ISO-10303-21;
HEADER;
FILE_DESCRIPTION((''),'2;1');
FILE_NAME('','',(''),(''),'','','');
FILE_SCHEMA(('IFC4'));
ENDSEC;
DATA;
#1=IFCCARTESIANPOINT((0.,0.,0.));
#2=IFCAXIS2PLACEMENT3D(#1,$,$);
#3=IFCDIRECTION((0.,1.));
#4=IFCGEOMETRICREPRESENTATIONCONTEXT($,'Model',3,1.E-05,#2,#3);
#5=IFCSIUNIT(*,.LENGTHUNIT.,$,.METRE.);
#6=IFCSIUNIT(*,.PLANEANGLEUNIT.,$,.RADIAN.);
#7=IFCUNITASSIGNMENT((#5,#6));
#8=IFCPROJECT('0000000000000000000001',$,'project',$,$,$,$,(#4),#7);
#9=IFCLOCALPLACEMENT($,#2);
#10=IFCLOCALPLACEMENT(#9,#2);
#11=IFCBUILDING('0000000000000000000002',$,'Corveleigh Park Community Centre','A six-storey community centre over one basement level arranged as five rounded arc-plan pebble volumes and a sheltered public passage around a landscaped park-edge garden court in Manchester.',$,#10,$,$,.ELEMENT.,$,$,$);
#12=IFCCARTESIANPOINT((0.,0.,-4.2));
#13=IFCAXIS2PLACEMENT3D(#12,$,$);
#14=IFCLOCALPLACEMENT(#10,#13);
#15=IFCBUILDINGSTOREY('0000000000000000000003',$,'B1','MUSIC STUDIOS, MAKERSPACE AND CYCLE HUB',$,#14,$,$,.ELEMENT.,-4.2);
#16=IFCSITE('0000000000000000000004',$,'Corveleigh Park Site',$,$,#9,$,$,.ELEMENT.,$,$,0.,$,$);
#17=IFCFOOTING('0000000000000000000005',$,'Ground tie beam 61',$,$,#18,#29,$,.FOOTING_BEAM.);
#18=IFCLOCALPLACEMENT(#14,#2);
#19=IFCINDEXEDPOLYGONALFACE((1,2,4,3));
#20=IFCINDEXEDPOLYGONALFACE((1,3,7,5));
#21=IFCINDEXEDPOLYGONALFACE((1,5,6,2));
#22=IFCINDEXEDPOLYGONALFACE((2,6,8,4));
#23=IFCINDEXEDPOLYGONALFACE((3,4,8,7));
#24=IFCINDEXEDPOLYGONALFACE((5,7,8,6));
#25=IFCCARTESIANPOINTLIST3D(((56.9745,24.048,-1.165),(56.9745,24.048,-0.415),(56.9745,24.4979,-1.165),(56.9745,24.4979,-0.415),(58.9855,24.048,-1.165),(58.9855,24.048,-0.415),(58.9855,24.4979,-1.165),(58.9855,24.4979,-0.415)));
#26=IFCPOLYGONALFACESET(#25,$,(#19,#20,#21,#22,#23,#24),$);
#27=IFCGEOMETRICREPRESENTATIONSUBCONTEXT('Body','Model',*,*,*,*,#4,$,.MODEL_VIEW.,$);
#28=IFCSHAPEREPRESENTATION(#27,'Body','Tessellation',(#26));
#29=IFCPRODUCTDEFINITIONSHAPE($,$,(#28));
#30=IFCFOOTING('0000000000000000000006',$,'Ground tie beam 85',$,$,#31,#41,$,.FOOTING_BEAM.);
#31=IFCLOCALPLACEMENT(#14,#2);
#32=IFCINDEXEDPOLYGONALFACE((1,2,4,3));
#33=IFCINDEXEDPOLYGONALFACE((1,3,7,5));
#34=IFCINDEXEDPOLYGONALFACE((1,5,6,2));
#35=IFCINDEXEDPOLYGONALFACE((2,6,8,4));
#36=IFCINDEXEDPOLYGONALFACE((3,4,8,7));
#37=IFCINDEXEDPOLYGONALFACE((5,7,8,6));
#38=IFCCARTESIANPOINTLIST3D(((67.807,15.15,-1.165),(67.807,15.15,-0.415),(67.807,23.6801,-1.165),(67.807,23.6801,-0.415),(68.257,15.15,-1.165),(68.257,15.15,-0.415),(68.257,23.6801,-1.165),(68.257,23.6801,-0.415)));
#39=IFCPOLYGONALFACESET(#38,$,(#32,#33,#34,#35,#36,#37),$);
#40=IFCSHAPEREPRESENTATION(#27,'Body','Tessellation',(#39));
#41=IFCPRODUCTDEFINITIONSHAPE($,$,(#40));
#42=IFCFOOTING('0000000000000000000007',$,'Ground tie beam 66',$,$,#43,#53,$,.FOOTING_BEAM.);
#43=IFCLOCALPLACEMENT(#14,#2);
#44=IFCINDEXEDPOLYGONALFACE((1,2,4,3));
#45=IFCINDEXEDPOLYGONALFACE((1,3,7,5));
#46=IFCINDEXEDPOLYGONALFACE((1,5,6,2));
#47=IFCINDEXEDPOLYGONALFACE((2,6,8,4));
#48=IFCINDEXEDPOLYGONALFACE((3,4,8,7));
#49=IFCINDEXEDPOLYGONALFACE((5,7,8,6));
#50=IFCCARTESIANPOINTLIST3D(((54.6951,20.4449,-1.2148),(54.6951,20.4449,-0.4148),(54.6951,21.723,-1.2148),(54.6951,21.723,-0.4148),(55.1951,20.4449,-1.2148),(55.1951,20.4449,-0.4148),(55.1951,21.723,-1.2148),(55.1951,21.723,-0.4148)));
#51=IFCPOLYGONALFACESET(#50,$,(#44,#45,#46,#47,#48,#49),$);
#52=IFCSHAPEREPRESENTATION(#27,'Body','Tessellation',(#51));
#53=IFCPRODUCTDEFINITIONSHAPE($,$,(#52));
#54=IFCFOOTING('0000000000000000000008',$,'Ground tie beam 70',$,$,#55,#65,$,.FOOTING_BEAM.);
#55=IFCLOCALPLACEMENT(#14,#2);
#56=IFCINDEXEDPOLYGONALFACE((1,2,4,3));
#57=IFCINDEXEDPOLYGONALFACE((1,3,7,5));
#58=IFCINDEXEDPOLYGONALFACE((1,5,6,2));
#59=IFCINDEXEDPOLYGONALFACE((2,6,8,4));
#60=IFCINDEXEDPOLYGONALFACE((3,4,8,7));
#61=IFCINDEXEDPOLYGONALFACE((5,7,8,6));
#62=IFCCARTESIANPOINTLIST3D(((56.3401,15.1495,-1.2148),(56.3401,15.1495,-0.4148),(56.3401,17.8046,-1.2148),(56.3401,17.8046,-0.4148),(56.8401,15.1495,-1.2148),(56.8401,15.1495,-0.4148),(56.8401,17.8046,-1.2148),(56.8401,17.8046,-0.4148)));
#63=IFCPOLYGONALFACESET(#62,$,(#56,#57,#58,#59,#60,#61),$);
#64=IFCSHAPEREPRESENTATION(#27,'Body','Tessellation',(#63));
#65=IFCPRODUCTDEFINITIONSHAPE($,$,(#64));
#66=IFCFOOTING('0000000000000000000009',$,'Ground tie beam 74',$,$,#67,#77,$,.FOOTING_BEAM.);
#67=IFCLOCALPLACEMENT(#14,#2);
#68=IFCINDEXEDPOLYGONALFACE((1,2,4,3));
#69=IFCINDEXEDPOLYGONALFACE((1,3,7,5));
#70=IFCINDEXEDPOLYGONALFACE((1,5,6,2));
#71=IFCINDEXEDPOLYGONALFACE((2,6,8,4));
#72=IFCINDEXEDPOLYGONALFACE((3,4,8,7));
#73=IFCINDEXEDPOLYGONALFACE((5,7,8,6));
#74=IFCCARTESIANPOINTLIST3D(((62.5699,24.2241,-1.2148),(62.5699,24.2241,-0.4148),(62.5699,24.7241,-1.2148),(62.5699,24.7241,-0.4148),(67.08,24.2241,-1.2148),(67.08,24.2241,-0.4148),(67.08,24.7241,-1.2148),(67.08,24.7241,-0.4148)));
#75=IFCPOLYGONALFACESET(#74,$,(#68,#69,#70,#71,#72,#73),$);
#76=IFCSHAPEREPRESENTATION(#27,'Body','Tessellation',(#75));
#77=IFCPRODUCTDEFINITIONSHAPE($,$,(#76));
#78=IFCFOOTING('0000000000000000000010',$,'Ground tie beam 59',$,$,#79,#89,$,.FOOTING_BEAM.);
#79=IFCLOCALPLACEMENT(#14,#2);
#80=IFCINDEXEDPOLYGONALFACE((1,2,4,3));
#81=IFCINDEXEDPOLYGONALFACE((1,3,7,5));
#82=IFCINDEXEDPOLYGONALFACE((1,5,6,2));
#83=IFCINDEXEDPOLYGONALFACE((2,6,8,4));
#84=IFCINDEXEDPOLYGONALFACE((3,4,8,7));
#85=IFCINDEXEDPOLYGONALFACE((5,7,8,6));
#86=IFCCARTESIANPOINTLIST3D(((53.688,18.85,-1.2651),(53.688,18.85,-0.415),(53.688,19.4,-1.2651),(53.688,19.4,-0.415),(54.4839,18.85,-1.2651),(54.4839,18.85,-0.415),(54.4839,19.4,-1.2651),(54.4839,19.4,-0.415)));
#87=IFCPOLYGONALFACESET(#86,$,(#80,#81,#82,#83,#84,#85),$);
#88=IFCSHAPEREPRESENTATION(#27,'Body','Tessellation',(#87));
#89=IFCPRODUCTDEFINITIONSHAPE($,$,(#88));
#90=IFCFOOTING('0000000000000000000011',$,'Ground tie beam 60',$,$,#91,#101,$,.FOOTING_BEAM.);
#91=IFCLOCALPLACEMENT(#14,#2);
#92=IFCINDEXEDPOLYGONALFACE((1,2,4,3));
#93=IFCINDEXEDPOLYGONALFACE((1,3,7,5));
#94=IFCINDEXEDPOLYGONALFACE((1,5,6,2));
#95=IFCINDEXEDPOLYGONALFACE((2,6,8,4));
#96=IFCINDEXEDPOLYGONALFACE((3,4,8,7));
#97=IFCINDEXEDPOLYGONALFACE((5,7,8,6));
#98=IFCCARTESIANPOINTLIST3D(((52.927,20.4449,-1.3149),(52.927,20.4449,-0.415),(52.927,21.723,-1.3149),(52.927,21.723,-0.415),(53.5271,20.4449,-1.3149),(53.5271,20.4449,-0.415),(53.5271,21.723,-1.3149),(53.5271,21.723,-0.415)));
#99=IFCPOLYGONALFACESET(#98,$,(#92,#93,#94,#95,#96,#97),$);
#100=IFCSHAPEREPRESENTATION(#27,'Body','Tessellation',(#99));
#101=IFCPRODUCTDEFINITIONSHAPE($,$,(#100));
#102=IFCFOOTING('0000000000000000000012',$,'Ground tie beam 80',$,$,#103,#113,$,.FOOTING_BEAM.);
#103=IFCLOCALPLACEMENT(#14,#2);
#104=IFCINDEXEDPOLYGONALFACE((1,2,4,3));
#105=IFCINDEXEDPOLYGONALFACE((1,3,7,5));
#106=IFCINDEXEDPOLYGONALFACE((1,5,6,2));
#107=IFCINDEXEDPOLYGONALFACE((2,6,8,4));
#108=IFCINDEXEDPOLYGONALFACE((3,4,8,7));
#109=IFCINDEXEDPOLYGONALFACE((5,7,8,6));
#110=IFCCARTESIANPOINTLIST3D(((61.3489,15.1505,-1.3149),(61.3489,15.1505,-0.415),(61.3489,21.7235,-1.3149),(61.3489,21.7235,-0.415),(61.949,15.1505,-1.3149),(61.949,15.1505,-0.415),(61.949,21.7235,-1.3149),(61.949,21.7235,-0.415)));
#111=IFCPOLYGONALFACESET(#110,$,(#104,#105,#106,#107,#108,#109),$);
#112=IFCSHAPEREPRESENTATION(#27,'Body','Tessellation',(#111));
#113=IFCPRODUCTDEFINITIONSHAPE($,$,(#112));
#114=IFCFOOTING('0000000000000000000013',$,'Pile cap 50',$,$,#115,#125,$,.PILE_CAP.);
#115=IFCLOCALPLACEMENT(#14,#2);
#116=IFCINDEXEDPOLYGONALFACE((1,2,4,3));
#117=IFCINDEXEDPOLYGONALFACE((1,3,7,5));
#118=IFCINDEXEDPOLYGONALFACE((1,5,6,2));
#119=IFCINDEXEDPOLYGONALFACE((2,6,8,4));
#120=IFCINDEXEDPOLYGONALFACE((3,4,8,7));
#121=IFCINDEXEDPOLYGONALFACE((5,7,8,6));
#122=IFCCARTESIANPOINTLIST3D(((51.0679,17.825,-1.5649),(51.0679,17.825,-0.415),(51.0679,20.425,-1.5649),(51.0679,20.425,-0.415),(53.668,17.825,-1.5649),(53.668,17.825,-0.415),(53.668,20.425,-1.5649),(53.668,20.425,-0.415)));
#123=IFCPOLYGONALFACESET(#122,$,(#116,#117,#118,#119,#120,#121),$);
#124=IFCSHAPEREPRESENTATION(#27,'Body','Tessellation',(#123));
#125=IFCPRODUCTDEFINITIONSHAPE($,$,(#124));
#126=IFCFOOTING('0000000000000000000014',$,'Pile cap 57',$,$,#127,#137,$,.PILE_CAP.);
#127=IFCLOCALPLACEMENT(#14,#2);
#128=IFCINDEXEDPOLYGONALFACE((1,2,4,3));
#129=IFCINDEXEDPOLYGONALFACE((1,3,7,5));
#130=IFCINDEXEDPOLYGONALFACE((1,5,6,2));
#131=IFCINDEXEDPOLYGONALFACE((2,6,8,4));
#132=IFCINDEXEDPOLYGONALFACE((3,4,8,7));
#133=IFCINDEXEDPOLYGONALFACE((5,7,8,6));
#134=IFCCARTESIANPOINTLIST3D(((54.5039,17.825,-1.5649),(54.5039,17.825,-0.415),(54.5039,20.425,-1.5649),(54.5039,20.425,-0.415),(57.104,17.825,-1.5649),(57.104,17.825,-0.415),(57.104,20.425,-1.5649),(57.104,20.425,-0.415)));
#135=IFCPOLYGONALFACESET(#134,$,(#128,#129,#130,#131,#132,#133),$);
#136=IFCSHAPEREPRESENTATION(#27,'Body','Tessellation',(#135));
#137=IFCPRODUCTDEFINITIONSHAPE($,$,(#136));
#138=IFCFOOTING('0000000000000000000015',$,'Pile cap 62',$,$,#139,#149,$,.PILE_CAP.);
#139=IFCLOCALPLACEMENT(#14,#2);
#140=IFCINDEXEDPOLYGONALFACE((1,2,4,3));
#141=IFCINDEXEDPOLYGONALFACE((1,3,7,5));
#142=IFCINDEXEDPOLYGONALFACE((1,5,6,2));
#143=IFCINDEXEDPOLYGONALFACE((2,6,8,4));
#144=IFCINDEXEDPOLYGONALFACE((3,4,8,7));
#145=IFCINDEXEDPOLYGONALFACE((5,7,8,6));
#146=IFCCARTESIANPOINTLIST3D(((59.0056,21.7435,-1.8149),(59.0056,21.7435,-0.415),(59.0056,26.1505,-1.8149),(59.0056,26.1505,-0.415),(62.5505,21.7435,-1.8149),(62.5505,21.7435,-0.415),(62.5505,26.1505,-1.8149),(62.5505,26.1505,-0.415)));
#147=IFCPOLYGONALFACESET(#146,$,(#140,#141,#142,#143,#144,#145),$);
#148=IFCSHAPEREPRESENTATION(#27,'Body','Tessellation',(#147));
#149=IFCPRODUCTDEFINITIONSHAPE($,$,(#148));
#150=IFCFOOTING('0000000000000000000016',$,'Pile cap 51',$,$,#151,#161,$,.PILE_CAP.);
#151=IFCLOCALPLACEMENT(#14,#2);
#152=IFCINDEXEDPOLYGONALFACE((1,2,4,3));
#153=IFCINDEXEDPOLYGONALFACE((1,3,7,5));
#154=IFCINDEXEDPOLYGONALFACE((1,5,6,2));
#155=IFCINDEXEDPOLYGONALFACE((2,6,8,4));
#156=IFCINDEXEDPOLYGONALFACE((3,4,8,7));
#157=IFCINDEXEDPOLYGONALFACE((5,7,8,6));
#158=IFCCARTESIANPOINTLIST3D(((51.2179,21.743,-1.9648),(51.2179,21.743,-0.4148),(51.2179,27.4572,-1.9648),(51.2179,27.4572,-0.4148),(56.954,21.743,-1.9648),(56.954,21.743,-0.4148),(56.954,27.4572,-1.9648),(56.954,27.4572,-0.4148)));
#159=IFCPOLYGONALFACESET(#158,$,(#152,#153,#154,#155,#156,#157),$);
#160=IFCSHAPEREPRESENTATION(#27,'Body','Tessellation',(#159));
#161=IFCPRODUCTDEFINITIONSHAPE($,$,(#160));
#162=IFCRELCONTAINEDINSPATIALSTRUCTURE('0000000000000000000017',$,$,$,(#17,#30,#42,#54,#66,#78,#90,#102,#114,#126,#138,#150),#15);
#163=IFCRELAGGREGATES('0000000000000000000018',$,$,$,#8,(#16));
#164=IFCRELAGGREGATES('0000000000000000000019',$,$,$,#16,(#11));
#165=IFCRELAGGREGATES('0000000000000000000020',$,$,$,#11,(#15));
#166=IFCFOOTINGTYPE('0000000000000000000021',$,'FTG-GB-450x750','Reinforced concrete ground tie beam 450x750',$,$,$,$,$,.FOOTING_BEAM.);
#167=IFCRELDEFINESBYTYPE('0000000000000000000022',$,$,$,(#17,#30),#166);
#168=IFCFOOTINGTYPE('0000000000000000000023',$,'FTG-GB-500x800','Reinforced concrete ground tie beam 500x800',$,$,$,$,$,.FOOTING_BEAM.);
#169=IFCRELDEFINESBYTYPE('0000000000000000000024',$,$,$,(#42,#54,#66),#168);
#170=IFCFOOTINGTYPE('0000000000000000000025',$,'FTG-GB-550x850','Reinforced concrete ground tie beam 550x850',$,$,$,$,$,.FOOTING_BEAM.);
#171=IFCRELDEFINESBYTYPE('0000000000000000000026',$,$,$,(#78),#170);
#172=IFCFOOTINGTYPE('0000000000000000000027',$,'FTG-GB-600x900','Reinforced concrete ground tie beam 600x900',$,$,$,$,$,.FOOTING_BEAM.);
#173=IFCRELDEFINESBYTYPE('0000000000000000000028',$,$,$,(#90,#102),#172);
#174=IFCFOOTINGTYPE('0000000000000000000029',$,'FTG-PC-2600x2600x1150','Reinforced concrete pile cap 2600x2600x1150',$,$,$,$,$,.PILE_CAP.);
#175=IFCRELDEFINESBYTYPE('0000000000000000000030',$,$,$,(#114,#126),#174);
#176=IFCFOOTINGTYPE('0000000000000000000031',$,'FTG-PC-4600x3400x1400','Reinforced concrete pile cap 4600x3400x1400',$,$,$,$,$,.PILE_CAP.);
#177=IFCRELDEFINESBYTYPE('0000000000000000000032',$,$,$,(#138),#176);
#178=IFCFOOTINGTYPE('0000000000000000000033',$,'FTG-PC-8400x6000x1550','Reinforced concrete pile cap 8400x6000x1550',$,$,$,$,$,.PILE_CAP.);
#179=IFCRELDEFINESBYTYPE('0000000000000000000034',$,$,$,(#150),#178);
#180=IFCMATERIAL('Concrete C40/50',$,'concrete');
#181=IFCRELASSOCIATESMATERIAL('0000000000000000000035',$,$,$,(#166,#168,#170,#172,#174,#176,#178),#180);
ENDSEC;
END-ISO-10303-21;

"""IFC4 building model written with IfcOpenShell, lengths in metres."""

from ifc_helpers import new_model, si_unit, direction, frame, origin, origin_2d, place, context, subcontext, project, spatial, rectangle, extrude, material, type_object, element, save


model = new_model("IFC4")

# Units and contexts
model_context = context("Model", 3, precision=1e-05, world=origin(), true_north=direction((0.0, 1.0)))
body_context = subcontext(model_context, "Body", "Model", "MODEL_VIEW")
ifc_project = project(units=[si_unit("LENGTHUNIT", "METRE"), si_unit("PLANEANGLEUNIT", "RADIAN")], contexts=[model_context])

# Site, building, storey
site_placement = place(None, origin())
site = spatial("IfcSite", under=ifc_project, at=site_placement, Name="Corveleigh Park Site", CompositionType="ELEMENT", RefElevation=0.0)
building_placement = place(site_placement, origin())
building = spatial("IfcBuilding", under=site, at=building_placement, Name="Corveleigh Park Community Centre", Description="A six-storey community centre over one basement level arranged as five rounded arc-plan pebble volumes and a sheltered public passage around a landscaped park-edge garden court in Manchester.", CompositionType="ELEMENT")
storey_placement = place(building_placement, frame((0.0, 0.0, -4.2)))
storey = spatial("IfcBuildingStorey", under=building, at=storey_placement, Name="B1", Description="MUSIC STUDIOS, MAKERSPACE AND CYCLE HUB", CompositionType="ELEMENT", Elevation=-4.2)

# Footings
ifc_material_1 = material(Name="Concrete C40/50", Category="concrete")
footing_type_1 = type_object("IfcFootingType", Name="FTG-GB-450x750", Description="Reinforced concrete ground tie beam 450x750", PredefinedType="FOOTING_BEAM", material=ifc_material_1)
footing_1_placement = place(storey_placement, frame((57.98, 24.2729, -1.165), z_axis=(0.0, 0.0, 1.0), x_axis=(1.0, 0.0, 0.0)))
element("IfcFooting", 1, at=footing_1_placement, inside=storey, type_object=footing_type_1, Name="Ground tie beam 61", PredefinedType="FOOTING_BEAM", context=body_context, shape_type="SweptSolid", body=[
    extrude(rectangle(XDim=2.011, YDim=0.45, at=origin_2d()), origin(), (0.0, 0.0, 1.0), 0.75),
])
footing_2_placement = place(storey_placement, frame((68.032, 19.415, -1.165), z_axis=(0.0, 0.0, 1.0), x_axis=(1.0, 0.0, 0.0)))
element("IfcFooting", 2, at=footing_2_placement, inside=storey, type_object=footing_type_1, Name="Ground tie beam 85", PredefinedType="FOOTING_BEAM", context=body_context, shape_type="SweptSolid", body=[
    extrude(rectangle(XDim=0.45, YDim=8.53, at=origin_2d()), origin(), (0.0, 0.0, 1.0), 0.75),
])
footing_type_2 = type_object("IfcFootingType", Name="FTG-GB-500x800", Description="Reinforced concrete ground tie beam 500x800", PredefinedType="FOOTING_BEAM", material=ifc_material_1)
footing_3_placement = place(storey_placement, frame((54.9451, 21.084, -1.2148), z_axis=(0.0, 0.0, 1.0), x_axis=(1.0, 0.0, 0.0)))
element("IfcFooting", 3, at=footing_3_placement, inside=storey, type_object=footing_type_2, Name="Ground tie beam 66", PredefinedType="FOOTING_BEAM", context=body_context, shape_type="SweptSolid", body=[
    extrude(rectangle(XDim=0.5, YDim=1.2781, at=origin_2d()), origin(), (0.0, 0.0, 1.0), 0.8),
])
footing_4_placement = place(storey_placement, frame((56.5901, 16.4771, -1.2148), z_axis=(0.0, 0.0, 1.0), x_axis=(1.0, 0.0, 0.0)))
element("IfcFooting", 4, at=footing_4_placement, inside=storey, type_object=footing_type_2, Name="Ground tie beam 70", PredefinedType="FOOTING_BEAM", context=body_context, shape_type="SweptSolid", body=[
    extrude(rectangle(XDim=0.5, YDim=2.655, at=origin_2d()), origin(), (0.0, 0.0, 1.0), 0.8),
])
footing_5_placement = place(storey_placement, frame((64.825, 24.4741, -1.2148), z_axis=(0.0, 0.0, 1.0), x_axis=(1.0, 0.0, 0.0)))
element("IfcFooting", 5, at=footing_5_placement, inside=storey, type_object=footing_type_2, Name="Ground tie beam 74", PredefinedType="FOOTING_BEAM", context=body_context, shape_type="SweptSolid", body=[
    extrude(rectangle(XDim=4.51, YDim=0.5, at=origin_2d()), origin(), (0.0, 0.0, 1.0), 0.8),
])
footing_type_3 = type_object("IfcFootingType", Name="FTG-GB-550x850", Description="Reinforced concrete ground tie beam 550x850", PredefinedType="FOOTING_BEAM", material=ifc_material_1)
footing_6_placement = place(storey_placement, frame((54.0859, 19.125, -1.2651), z_axis=(0.0, 0.0, 1.0), x_axis=(1.0, 0.0, 0.0)))
element("IfcFooting", 6, at=footing_6_placement, inside=storey, type_object=footing_type_3, Name="Ground tie beam 59", PredefinedType="FOOTING_BEAM", context=body_context, shape_type="SweptSolid", body=[
    extrude(rectangle(XDim=0.7959, YDim=0.55, at=origin_2d()), origin(), (0.0, 0.0, 1.0), 0.8501),
])
footing_type_4 = type_object("IfcFootingType", Name="FTG-GB-600x900", Description="Reinforced concrete ground tie beam 600x900", PredefinedType="FOOTING_BEAM", material=ifc_material_1)
footing_7_placement = place(storey_placement, frame((53.2271, 21.084, -1.3149), z_axis=(0.0, 0.0, 1.0), x_axis=(1.0, 0.0, 0.0)))
element("IfcFooting", 7, at=footing_7_placement, inside=storey, type_object=footing_type_4, Name="Ground tie beam 60", PredefinedType="FOOTING_BEAM", context=body_context, shape_type="SweptSolid", body=[
    extrude(rectangle(XDim=0.6001, YDim=1.2781, at=origin_2d()), origin(), (0.0, 0.0, 1.0), 0.8999),
])
footing_8_placement = place(storey_placement, frame((61.6489, 18.437, -1.3149), z_axis=(0.0, 0.0, 1.0), x_axis=(1.0, 0.0, 0.0)))
element("IfcFooting", 8, at=footing_8_placement, inside=storey, type_object=footing_type_4, Name="Ground tie beam 80", PredefinedType="FOOTING_BEAM", context=body_context, shape_type="SweptSolid", body=[
    extrude(rectangle(XDim=0.6001, YDim=6.573, at=origin_2d()), origin(), (0.0, 0.0, 1.0), 0.8999),
])
footing_type_5 = type_object("IfcFootingType", Name="FTG-PC-2600x2600x1150", Description="Reinforced concrete pile cap 2600x2600x1150", PredefinedType="PILE_CAP", material=ifc_material_1)
for number, where, z_axis, x_axis, name in (
    (9, (52.3679, 19.125, -1.5649), (0.0, 0.0, 1.0), (1.0, 0.0, 0.0), "Pile cap 50"),
    (10, (55.804, 19.125, -1.5649), (0.0, 0.0, 1.0), (1.0, 0.0, 0.0), "Pile cap 57"),
):
    element("IfcFooting", number, at=place(storey_placement, frame(where, z_axis=z_axis, x_axis=x_axis)), inside=storey, type_object=footing_type_5, Name=name, PredefinedType="PILE_CAP", context=body_context, shape_type="SweptSolid", body=[
        extrude(rectangle(XDim=2.6001, YDim=2.6001, at=origin_2d()), origin(), (0.0, 0.0, 1.0), 1.1499),
    ])
footing_type_6 = type_object("IfcFootingType", Name="FTG-PC-4600x3400x1400", Description="Reinforced concrete pile cap 4600x3400x1400", PredefinedType="PILE_CAP", material=ifc_material_1)
footing_9_placement = place(storey_placement, frame((60.7781, 23.947, -1.8149), z_axis=(0.0, 0.0, 1.0), x_axis=(1.0, 0.0, 0.0)))
element("IfcFooting", 11, at=footing_9_placement, inside=storey, type_object=footing_type_6, Name="Pile cap 62", PredefinedType="PILE_CAP", context=body_context, shape_type="SweptSolid", body=[
    extrude(rectangle(XDim=3.5449, YDim=4.407, at=origin_2d()), origin(), (0.0, 0.0, 1.0), 1.3999),
])
footing_type_7 = type_object("IfcFootingType", Name="FTG-PC-8400x6000x1550", Description="Reinforced concrete pile cap 8400x6000x1550", PredefinedType="PILE_CAP", material=ifc_material_1)
footing_10_placement = place(storey_placement, frame((54.0859, 24.6001, -1.9648), z_axis=(0.0, 0.0, 1.0), x_axis=(1.0, 0.0, 0.0)))
element("IfcFooting", 12, at=footing_10_placement, inside=storey, type_object=footing_type_7, Name="Pile cap 51", PredefinedType="PILE_CAP", context=body_context, shape_type="SweptSolid", body=[
    extrude(rectangle(XDim=5.7361, YDim=5.7141, at=origin_2d()), origin(), (0.0, 0.0, 1.0), 1.55),
])

save(model, "model.ifc")
